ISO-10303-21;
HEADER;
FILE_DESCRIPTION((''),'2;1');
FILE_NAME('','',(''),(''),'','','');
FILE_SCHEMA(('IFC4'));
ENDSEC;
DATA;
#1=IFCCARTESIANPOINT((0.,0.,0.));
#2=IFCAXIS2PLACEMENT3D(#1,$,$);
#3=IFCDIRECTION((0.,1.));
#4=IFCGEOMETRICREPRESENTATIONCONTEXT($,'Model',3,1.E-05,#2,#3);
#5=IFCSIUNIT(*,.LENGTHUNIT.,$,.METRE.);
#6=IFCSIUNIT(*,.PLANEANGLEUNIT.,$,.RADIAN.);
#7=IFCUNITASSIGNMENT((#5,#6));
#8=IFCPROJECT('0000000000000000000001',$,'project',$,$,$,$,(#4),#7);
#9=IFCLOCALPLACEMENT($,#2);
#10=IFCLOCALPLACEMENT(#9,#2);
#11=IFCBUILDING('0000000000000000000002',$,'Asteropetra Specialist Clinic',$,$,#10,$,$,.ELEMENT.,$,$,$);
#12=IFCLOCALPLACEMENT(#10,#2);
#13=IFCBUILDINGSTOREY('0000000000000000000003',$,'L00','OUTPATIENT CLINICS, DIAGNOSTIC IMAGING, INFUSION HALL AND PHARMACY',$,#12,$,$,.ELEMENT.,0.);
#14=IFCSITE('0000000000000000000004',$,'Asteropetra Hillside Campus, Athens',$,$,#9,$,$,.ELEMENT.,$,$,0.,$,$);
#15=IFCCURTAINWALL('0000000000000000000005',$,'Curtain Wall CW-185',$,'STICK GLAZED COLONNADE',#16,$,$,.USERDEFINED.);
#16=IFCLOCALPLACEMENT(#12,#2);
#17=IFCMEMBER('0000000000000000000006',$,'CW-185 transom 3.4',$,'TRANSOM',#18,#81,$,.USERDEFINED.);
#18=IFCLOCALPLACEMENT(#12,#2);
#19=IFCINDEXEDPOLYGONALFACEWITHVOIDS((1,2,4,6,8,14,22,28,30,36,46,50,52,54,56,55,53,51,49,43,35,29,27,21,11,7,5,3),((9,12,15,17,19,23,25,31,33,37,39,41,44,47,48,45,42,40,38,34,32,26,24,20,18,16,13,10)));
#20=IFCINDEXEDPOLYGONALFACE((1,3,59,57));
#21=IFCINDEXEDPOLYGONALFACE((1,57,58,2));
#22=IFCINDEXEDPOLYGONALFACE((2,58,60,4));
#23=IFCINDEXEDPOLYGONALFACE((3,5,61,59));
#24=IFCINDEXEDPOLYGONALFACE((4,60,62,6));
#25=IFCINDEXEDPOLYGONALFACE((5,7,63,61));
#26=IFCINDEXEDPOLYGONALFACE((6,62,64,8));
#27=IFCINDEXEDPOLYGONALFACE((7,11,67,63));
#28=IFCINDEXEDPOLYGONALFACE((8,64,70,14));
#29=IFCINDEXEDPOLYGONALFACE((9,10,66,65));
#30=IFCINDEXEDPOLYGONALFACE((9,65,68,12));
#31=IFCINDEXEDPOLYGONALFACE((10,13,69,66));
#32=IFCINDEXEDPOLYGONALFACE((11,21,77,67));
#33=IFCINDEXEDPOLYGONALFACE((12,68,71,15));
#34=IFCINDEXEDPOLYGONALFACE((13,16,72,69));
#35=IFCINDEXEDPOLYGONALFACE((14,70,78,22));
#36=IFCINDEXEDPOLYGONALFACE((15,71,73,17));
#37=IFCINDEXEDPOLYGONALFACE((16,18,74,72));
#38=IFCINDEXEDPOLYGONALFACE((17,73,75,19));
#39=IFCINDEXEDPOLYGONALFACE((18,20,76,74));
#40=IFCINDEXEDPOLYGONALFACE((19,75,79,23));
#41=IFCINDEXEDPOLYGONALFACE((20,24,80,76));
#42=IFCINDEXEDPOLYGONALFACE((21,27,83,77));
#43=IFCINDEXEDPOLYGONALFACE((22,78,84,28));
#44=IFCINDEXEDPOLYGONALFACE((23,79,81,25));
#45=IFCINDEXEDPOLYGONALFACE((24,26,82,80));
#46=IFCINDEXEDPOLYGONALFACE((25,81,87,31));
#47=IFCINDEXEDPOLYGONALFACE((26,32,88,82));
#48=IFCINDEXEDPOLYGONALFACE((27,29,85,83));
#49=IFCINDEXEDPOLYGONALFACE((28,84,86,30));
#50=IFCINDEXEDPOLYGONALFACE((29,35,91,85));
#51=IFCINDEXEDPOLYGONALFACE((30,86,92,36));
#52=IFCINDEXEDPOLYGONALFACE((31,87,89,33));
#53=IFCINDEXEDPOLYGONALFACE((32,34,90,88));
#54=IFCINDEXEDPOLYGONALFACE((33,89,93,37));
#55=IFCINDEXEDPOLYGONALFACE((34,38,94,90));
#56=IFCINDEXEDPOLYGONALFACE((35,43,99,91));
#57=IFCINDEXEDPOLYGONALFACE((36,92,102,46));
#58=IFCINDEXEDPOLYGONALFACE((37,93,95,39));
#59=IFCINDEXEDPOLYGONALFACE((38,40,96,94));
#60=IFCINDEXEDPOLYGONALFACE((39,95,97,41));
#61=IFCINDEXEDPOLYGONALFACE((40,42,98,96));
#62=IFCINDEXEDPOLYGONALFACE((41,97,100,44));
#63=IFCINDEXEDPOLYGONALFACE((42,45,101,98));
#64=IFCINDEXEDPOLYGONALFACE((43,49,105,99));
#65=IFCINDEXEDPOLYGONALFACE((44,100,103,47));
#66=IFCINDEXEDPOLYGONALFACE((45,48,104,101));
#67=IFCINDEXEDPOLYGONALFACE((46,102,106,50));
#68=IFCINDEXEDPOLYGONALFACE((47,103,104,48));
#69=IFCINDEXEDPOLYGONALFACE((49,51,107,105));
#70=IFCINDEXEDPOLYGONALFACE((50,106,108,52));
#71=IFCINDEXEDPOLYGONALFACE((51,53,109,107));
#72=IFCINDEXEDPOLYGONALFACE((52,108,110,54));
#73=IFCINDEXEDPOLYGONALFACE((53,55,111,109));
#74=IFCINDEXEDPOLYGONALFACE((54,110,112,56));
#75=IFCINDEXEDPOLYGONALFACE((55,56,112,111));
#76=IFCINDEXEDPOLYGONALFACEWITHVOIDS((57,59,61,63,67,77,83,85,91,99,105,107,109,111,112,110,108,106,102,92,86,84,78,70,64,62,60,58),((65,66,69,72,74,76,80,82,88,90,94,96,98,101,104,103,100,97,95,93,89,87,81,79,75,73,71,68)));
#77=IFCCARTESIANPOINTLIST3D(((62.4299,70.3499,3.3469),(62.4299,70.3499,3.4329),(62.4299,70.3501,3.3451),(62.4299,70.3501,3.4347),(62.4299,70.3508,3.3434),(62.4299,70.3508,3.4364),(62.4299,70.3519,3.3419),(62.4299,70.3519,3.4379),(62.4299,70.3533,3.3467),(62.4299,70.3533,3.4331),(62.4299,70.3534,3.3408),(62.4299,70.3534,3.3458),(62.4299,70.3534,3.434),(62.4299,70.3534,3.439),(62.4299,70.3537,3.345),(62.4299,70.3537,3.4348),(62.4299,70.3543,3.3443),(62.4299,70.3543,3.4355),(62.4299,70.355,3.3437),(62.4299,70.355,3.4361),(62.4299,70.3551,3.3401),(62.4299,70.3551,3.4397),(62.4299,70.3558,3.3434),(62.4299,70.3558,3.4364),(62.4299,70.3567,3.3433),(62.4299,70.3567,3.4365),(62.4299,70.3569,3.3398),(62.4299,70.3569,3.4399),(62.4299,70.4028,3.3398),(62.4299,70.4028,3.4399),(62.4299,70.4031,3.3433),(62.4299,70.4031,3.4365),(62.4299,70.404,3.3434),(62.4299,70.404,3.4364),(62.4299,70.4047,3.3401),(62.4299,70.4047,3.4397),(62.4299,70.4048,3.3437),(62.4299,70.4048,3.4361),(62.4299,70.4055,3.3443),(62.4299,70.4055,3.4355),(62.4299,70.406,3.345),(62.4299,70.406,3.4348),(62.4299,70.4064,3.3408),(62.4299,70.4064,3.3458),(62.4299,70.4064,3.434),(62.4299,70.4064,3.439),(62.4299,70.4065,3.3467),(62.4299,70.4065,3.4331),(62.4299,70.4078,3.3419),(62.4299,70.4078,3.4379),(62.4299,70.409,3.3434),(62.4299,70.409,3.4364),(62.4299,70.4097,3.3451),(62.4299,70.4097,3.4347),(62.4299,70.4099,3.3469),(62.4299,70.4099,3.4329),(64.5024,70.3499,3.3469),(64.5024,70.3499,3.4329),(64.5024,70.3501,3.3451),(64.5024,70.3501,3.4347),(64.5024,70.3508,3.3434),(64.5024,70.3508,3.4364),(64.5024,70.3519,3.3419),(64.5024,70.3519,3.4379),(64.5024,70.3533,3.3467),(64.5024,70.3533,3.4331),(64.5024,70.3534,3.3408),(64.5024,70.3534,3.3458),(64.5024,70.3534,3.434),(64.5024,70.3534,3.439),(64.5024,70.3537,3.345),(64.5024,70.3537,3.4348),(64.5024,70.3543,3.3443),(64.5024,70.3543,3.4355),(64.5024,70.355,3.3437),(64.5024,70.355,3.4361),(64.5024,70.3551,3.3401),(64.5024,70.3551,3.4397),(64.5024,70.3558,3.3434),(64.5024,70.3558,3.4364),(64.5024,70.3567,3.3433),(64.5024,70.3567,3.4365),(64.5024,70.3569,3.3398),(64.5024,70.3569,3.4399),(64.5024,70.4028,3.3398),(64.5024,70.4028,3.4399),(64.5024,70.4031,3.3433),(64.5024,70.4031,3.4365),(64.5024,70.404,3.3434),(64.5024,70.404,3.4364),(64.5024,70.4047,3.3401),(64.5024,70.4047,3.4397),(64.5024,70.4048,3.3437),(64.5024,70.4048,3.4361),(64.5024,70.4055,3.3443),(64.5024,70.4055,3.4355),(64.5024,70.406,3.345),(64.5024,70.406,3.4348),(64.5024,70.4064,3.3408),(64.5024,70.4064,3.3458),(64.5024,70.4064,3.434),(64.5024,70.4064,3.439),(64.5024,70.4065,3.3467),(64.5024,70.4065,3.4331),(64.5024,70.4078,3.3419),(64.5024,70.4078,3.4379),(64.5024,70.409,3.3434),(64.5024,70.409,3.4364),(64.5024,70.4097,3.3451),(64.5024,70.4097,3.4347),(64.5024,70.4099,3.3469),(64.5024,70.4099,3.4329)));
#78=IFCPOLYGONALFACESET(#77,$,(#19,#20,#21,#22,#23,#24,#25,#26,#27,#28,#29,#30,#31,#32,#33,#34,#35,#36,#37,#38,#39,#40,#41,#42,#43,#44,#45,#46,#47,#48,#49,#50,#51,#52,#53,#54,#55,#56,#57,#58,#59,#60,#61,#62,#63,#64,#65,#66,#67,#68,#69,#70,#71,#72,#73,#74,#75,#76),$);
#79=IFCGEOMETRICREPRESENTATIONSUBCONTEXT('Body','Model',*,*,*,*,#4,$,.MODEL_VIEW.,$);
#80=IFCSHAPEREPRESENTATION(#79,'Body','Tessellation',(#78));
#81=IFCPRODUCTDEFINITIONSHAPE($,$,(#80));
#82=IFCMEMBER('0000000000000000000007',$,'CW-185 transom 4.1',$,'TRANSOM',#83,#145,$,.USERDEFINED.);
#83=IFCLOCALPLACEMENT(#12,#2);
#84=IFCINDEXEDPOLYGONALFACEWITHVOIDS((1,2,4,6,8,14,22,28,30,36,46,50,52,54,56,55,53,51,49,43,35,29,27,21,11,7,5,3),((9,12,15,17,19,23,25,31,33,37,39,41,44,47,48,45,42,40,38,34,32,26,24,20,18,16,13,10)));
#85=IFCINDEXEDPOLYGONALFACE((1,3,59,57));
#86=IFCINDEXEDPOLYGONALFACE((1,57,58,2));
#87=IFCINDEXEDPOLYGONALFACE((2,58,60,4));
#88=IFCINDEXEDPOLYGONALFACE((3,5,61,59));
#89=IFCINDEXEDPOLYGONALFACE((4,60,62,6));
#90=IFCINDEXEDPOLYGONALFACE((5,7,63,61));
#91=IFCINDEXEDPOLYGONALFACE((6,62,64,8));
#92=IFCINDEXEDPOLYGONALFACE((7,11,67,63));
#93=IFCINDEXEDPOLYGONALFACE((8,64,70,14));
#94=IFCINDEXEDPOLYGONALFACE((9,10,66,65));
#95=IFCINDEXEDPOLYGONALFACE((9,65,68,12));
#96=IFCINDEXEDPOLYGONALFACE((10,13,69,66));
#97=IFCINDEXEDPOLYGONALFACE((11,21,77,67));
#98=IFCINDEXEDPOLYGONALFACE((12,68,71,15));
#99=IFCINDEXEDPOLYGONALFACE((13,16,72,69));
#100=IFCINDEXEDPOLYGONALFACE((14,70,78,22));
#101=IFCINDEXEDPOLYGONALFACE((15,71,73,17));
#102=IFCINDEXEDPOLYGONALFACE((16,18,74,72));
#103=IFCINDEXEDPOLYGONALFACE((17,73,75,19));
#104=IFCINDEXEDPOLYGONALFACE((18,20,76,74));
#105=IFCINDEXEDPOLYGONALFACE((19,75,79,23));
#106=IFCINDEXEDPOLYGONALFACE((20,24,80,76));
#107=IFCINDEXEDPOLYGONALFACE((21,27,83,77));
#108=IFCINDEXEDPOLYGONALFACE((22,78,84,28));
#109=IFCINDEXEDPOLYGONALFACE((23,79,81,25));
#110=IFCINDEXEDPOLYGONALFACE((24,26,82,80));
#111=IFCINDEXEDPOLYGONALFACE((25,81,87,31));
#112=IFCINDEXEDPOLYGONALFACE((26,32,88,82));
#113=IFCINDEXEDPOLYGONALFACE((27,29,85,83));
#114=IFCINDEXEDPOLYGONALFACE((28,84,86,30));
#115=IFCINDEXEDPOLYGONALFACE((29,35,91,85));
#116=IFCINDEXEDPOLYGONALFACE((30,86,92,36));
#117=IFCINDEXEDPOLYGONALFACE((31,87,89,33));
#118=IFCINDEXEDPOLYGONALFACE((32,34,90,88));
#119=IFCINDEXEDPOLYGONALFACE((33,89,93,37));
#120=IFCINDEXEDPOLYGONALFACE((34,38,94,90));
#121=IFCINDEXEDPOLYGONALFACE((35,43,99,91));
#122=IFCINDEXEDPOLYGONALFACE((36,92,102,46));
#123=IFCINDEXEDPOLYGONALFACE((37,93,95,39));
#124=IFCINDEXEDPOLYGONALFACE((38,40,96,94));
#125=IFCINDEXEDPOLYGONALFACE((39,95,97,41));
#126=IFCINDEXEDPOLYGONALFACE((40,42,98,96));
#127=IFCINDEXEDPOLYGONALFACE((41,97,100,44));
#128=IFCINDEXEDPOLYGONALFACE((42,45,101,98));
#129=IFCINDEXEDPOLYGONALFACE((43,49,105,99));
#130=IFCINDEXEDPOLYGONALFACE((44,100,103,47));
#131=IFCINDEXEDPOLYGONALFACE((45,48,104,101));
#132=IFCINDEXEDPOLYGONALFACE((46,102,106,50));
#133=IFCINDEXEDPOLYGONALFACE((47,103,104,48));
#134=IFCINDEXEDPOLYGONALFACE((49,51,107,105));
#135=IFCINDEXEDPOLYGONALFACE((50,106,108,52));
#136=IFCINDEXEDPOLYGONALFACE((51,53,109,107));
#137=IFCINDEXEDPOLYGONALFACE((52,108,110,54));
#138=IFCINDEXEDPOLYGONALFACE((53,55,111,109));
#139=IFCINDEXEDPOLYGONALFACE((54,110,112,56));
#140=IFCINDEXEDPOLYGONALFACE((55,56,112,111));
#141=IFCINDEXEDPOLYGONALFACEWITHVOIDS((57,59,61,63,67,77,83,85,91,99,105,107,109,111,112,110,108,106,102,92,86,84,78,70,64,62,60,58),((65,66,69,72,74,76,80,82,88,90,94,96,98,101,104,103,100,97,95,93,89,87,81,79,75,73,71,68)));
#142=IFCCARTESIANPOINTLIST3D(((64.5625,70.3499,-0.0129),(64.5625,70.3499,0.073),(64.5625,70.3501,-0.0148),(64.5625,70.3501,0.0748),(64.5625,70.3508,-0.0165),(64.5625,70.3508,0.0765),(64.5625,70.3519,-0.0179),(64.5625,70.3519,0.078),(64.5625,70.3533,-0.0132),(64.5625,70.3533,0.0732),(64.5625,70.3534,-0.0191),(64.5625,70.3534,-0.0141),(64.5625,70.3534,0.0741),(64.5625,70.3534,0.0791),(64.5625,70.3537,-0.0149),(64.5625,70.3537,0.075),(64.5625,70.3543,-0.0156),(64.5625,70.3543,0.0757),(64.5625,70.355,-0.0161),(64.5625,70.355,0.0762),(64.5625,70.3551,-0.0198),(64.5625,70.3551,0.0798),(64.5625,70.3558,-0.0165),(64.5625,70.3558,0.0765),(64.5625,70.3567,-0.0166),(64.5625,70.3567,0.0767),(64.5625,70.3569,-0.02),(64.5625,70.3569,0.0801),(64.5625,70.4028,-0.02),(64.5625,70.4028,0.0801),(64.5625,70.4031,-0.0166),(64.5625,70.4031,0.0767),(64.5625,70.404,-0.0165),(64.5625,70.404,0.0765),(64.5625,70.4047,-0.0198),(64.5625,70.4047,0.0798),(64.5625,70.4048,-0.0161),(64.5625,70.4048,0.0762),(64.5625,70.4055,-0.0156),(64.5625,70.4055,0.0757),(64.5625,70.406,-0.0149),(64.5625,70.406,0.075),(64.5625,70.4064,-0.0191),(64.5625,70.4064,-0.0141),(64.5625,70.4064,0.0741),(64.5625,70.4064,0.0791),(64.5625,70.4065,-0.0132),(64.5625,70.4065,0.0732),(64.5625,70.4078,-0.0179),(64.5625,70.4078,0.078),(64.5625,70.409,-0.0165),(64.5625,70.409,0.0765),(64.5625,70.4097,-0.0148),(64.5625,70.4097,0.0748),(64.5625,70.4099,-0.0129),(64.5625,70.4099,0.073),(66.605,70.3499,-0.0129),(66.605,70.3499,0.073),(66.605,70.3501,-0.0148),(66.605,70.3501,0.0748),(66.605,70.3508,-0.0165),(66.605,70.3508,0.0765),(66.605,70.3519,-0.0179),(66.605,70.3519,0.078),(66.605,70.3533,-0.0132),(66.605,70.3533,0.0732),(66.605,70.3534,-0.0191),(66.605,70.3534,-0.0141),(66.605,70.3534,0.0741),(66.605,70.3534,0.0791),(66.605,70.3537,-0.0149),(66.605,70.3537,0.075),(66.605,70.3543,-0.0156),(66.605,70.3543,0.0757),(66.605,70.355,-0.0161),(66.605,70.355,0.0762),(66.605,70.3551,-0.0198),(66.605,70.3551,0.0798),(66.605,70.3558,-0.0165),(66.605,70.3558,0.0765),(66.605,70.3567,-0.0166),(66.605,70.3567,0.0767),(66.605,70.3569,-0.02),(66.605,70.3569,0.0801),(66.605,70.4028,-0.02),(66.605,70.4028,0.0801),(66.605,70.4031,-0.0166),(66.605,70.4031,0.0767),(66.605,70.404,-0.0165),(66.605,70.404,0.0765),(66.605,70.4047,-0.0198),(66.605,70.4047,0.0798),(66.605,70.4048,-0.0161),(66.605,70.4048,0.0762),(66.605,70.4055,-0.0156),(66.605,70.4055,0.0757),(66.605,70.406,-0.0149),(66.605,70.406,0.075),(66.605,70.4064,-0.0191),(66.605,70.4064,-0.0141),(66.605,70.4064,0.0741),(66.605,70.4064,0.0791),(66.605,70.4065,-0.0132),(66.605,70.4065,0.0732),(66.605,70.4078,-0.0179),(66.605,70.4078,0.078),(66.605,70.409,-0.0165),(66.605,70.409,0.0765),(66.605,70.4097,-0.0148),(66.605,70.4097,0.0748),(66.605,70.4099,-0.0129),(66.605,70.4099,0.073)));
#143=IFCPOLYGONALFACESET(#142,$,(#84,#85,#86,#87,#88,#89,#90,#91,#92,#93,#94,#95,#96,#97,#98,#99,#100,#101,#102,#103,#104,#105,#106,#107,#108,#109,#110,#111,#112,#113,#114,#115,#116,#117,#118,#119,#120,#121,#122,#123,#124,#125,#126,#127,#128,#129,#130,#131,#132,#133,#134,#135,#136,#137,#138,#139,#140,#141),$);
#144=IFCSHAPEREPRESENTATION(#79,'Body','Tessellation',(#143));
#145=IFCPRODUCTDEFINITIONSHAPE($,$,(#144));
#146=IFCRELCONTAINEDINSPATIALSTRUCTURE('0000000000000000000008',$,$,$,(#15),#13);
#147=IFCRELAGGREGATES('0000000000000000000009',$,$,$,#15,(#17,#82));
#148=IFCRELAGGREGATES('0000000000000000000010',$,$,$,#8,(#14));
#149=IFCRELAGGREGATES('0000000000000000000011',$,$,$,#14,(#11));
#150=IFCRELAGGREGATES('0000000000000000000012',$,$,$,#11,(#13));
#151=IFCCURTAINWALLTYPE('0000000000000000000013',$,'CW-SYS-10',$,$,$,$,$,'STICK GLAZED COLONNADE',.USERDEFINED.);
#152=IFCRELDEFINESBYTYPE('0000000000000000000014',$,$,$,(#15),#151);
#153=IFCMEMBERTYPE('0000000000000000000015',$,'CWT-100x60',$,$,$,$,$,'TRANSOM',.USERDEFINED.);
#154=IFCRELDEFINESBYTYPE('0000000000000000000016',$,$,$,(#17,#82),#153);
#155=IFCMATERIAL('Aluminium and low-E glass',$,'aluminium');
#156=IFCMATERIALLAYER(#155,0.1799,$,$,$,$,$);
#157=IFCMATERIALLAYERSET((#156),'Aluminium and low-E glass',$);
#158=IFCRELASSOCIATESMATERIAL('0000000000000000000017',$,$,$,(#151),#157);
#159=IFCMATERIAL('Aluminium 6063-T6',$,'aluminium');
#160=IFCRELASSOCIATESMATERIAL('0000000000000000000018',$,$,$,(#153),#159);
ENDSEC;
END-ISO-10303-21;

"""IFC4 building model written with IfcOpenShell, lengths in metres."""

from ifc_helpers import new_model, si_unit, direction, frame, origin, origin_2d, place, context, subcontext, project, spatial, hollow_rectangle, extrude, material, layer, layer_set, material_profile, profile_set, type_object, element, aggregate, save


model = new_model("IFC4")

# Units and contexts
model_context = context("Model", 3, precision=1e-05, world=origin(), true_north=direction((0.0, 1.0)))
body_context = subcontext(model_context, "Body", "Model", "MODEL_VIEW")
ifc_project = project(units=[si_unit("LENGTHUNIT", "METRE"), si_unit("PLANEANGLEUNIT", "RADIAN")], contexts=[model_context])

# Site, building, storey
site_placement = place(None, origin())
site = spatial("IfcSite", under=ifc_project, at=site_placement, Name="Asteropetra Hillside Campus, Athens", CompositionType="ELEMENT", RefElevation=0.0)
building_placement = place(site_placement, origin())
building = spatial("IfcBuilding", under=site, at=building_placement, Name="Asteropetra Specialist Clinic", CompositionType="ELEMENT")
storey_placement = place(building_placement, origin())
storey = spatial("IfcBuildingStorey", under=building, at=storey_placement, Name="L00", Description="OUTPATIENT CLINICS, DIAGNOSTIC IMAGING, INFUSION HALL AND PHARMACY", CompositionType="ELEMENT", Elevation=0.0)

# Curtain wall, members
ifc_material_1 = material(Name="Aluminium and low-E glass", Category="aluminium")
ifc_layer_1 = layer(ifc_material_1, 0.1799)
ifc_layer_set_1 = layer_set([ifc_layer_1], Name="Aluminium and low-E glass")
curtain_wall_type = type_object("IfcCurtainWallType", Name="CW-SYS-10", ElementType="STICK GLAZED COLONNADE", PredefinedType="USERDEFINED", material=ifc_layer_set_1)
curtain_wall_placement = place(storey_placement, origin())
curtain_wall = element("IfcCurtainWall", 1, at=curtain_wall_placement, inside=storey, type_object=curtain_wall_type, Name="Curtain Wall CW-185", ObjectType="STICK GLAZED COLONNADE", PredefinedType="USERDEFINED")
ifc_material_2 = material(Name="Aluminium 6063-T6", Category="aluminium")
ifc_material_profile_1 = material_profile(ifc_material_2, hollow_rectangle(XDim=0.0601, YDim=0.1001, WallThickness=0.0034, InnerFilletRadius=0.0034, OuterFilletRadius=0.0071, at=origin_2d()), Name="TRN 100x60x3.5")
ifc_profile_set_1 = profile_set([ifc_material_profile_1], Name="Aluminium 6063-T6")
member_type_1 = type_object("IfcMemberType", Name="CWT-100x60", ElementType="TRANSOM", PredefinedType="USERDEFINED", material=ifc_profile_set_1)
member_1_placement = place(storey_placement, frame((62.4299, 70.3799, 3.3899), z_axis=(1.0, 0.0, 0.0), x_axis=(0.0, 1.0, 0.0)))
member_1 = element("IfcMember", 2, at=member_1_placement, type_object=member_type_1, Name="CW-185 transom 3.4", ObjectType="TRANSOM", PredefinedType="USERDEFINED", context=body_context, shape_type="SweptSolid", body=[
    extrude(hollow_rectangle(XDim=0.0601, YDim=0.1001, WallThickness=0.0034, InnerFilletRadius=0.0034, OuterFilletRadius=0.0071, at=origin_2d()), origin(), (0.0, 0.0, 1.0), 2.0725),
])
member_2_placement = place(storey_placement, frame((64.5625, 70.3799, 0.03), z_axis=(1.0, 0.0, 0.0), x_axis=(0.0, 1.0, 0.0)))
member_2 = element("IfcMember", 3, at=member_2_placement, type_object=member_type_1, Name="CW-185 transom 4.1", ObjectType="TRANSOM", PredefinedType="USERDEFINED", context=body_context, shape_type="SweptSolid", body=[
    extrude(hollow_rectangle(XDim=0.0601, YDim=0.1001, WallThickness=0.0034, InnerFilletRadius=0.0034, OuterFilletRadius=0.0071, at=origin_2d()), origin(), (0.0, 0.0, 1.0), 2.0425),
])
aggregate(curtain_wall, [member_1, member_2])

save(model, "model.ifc")
